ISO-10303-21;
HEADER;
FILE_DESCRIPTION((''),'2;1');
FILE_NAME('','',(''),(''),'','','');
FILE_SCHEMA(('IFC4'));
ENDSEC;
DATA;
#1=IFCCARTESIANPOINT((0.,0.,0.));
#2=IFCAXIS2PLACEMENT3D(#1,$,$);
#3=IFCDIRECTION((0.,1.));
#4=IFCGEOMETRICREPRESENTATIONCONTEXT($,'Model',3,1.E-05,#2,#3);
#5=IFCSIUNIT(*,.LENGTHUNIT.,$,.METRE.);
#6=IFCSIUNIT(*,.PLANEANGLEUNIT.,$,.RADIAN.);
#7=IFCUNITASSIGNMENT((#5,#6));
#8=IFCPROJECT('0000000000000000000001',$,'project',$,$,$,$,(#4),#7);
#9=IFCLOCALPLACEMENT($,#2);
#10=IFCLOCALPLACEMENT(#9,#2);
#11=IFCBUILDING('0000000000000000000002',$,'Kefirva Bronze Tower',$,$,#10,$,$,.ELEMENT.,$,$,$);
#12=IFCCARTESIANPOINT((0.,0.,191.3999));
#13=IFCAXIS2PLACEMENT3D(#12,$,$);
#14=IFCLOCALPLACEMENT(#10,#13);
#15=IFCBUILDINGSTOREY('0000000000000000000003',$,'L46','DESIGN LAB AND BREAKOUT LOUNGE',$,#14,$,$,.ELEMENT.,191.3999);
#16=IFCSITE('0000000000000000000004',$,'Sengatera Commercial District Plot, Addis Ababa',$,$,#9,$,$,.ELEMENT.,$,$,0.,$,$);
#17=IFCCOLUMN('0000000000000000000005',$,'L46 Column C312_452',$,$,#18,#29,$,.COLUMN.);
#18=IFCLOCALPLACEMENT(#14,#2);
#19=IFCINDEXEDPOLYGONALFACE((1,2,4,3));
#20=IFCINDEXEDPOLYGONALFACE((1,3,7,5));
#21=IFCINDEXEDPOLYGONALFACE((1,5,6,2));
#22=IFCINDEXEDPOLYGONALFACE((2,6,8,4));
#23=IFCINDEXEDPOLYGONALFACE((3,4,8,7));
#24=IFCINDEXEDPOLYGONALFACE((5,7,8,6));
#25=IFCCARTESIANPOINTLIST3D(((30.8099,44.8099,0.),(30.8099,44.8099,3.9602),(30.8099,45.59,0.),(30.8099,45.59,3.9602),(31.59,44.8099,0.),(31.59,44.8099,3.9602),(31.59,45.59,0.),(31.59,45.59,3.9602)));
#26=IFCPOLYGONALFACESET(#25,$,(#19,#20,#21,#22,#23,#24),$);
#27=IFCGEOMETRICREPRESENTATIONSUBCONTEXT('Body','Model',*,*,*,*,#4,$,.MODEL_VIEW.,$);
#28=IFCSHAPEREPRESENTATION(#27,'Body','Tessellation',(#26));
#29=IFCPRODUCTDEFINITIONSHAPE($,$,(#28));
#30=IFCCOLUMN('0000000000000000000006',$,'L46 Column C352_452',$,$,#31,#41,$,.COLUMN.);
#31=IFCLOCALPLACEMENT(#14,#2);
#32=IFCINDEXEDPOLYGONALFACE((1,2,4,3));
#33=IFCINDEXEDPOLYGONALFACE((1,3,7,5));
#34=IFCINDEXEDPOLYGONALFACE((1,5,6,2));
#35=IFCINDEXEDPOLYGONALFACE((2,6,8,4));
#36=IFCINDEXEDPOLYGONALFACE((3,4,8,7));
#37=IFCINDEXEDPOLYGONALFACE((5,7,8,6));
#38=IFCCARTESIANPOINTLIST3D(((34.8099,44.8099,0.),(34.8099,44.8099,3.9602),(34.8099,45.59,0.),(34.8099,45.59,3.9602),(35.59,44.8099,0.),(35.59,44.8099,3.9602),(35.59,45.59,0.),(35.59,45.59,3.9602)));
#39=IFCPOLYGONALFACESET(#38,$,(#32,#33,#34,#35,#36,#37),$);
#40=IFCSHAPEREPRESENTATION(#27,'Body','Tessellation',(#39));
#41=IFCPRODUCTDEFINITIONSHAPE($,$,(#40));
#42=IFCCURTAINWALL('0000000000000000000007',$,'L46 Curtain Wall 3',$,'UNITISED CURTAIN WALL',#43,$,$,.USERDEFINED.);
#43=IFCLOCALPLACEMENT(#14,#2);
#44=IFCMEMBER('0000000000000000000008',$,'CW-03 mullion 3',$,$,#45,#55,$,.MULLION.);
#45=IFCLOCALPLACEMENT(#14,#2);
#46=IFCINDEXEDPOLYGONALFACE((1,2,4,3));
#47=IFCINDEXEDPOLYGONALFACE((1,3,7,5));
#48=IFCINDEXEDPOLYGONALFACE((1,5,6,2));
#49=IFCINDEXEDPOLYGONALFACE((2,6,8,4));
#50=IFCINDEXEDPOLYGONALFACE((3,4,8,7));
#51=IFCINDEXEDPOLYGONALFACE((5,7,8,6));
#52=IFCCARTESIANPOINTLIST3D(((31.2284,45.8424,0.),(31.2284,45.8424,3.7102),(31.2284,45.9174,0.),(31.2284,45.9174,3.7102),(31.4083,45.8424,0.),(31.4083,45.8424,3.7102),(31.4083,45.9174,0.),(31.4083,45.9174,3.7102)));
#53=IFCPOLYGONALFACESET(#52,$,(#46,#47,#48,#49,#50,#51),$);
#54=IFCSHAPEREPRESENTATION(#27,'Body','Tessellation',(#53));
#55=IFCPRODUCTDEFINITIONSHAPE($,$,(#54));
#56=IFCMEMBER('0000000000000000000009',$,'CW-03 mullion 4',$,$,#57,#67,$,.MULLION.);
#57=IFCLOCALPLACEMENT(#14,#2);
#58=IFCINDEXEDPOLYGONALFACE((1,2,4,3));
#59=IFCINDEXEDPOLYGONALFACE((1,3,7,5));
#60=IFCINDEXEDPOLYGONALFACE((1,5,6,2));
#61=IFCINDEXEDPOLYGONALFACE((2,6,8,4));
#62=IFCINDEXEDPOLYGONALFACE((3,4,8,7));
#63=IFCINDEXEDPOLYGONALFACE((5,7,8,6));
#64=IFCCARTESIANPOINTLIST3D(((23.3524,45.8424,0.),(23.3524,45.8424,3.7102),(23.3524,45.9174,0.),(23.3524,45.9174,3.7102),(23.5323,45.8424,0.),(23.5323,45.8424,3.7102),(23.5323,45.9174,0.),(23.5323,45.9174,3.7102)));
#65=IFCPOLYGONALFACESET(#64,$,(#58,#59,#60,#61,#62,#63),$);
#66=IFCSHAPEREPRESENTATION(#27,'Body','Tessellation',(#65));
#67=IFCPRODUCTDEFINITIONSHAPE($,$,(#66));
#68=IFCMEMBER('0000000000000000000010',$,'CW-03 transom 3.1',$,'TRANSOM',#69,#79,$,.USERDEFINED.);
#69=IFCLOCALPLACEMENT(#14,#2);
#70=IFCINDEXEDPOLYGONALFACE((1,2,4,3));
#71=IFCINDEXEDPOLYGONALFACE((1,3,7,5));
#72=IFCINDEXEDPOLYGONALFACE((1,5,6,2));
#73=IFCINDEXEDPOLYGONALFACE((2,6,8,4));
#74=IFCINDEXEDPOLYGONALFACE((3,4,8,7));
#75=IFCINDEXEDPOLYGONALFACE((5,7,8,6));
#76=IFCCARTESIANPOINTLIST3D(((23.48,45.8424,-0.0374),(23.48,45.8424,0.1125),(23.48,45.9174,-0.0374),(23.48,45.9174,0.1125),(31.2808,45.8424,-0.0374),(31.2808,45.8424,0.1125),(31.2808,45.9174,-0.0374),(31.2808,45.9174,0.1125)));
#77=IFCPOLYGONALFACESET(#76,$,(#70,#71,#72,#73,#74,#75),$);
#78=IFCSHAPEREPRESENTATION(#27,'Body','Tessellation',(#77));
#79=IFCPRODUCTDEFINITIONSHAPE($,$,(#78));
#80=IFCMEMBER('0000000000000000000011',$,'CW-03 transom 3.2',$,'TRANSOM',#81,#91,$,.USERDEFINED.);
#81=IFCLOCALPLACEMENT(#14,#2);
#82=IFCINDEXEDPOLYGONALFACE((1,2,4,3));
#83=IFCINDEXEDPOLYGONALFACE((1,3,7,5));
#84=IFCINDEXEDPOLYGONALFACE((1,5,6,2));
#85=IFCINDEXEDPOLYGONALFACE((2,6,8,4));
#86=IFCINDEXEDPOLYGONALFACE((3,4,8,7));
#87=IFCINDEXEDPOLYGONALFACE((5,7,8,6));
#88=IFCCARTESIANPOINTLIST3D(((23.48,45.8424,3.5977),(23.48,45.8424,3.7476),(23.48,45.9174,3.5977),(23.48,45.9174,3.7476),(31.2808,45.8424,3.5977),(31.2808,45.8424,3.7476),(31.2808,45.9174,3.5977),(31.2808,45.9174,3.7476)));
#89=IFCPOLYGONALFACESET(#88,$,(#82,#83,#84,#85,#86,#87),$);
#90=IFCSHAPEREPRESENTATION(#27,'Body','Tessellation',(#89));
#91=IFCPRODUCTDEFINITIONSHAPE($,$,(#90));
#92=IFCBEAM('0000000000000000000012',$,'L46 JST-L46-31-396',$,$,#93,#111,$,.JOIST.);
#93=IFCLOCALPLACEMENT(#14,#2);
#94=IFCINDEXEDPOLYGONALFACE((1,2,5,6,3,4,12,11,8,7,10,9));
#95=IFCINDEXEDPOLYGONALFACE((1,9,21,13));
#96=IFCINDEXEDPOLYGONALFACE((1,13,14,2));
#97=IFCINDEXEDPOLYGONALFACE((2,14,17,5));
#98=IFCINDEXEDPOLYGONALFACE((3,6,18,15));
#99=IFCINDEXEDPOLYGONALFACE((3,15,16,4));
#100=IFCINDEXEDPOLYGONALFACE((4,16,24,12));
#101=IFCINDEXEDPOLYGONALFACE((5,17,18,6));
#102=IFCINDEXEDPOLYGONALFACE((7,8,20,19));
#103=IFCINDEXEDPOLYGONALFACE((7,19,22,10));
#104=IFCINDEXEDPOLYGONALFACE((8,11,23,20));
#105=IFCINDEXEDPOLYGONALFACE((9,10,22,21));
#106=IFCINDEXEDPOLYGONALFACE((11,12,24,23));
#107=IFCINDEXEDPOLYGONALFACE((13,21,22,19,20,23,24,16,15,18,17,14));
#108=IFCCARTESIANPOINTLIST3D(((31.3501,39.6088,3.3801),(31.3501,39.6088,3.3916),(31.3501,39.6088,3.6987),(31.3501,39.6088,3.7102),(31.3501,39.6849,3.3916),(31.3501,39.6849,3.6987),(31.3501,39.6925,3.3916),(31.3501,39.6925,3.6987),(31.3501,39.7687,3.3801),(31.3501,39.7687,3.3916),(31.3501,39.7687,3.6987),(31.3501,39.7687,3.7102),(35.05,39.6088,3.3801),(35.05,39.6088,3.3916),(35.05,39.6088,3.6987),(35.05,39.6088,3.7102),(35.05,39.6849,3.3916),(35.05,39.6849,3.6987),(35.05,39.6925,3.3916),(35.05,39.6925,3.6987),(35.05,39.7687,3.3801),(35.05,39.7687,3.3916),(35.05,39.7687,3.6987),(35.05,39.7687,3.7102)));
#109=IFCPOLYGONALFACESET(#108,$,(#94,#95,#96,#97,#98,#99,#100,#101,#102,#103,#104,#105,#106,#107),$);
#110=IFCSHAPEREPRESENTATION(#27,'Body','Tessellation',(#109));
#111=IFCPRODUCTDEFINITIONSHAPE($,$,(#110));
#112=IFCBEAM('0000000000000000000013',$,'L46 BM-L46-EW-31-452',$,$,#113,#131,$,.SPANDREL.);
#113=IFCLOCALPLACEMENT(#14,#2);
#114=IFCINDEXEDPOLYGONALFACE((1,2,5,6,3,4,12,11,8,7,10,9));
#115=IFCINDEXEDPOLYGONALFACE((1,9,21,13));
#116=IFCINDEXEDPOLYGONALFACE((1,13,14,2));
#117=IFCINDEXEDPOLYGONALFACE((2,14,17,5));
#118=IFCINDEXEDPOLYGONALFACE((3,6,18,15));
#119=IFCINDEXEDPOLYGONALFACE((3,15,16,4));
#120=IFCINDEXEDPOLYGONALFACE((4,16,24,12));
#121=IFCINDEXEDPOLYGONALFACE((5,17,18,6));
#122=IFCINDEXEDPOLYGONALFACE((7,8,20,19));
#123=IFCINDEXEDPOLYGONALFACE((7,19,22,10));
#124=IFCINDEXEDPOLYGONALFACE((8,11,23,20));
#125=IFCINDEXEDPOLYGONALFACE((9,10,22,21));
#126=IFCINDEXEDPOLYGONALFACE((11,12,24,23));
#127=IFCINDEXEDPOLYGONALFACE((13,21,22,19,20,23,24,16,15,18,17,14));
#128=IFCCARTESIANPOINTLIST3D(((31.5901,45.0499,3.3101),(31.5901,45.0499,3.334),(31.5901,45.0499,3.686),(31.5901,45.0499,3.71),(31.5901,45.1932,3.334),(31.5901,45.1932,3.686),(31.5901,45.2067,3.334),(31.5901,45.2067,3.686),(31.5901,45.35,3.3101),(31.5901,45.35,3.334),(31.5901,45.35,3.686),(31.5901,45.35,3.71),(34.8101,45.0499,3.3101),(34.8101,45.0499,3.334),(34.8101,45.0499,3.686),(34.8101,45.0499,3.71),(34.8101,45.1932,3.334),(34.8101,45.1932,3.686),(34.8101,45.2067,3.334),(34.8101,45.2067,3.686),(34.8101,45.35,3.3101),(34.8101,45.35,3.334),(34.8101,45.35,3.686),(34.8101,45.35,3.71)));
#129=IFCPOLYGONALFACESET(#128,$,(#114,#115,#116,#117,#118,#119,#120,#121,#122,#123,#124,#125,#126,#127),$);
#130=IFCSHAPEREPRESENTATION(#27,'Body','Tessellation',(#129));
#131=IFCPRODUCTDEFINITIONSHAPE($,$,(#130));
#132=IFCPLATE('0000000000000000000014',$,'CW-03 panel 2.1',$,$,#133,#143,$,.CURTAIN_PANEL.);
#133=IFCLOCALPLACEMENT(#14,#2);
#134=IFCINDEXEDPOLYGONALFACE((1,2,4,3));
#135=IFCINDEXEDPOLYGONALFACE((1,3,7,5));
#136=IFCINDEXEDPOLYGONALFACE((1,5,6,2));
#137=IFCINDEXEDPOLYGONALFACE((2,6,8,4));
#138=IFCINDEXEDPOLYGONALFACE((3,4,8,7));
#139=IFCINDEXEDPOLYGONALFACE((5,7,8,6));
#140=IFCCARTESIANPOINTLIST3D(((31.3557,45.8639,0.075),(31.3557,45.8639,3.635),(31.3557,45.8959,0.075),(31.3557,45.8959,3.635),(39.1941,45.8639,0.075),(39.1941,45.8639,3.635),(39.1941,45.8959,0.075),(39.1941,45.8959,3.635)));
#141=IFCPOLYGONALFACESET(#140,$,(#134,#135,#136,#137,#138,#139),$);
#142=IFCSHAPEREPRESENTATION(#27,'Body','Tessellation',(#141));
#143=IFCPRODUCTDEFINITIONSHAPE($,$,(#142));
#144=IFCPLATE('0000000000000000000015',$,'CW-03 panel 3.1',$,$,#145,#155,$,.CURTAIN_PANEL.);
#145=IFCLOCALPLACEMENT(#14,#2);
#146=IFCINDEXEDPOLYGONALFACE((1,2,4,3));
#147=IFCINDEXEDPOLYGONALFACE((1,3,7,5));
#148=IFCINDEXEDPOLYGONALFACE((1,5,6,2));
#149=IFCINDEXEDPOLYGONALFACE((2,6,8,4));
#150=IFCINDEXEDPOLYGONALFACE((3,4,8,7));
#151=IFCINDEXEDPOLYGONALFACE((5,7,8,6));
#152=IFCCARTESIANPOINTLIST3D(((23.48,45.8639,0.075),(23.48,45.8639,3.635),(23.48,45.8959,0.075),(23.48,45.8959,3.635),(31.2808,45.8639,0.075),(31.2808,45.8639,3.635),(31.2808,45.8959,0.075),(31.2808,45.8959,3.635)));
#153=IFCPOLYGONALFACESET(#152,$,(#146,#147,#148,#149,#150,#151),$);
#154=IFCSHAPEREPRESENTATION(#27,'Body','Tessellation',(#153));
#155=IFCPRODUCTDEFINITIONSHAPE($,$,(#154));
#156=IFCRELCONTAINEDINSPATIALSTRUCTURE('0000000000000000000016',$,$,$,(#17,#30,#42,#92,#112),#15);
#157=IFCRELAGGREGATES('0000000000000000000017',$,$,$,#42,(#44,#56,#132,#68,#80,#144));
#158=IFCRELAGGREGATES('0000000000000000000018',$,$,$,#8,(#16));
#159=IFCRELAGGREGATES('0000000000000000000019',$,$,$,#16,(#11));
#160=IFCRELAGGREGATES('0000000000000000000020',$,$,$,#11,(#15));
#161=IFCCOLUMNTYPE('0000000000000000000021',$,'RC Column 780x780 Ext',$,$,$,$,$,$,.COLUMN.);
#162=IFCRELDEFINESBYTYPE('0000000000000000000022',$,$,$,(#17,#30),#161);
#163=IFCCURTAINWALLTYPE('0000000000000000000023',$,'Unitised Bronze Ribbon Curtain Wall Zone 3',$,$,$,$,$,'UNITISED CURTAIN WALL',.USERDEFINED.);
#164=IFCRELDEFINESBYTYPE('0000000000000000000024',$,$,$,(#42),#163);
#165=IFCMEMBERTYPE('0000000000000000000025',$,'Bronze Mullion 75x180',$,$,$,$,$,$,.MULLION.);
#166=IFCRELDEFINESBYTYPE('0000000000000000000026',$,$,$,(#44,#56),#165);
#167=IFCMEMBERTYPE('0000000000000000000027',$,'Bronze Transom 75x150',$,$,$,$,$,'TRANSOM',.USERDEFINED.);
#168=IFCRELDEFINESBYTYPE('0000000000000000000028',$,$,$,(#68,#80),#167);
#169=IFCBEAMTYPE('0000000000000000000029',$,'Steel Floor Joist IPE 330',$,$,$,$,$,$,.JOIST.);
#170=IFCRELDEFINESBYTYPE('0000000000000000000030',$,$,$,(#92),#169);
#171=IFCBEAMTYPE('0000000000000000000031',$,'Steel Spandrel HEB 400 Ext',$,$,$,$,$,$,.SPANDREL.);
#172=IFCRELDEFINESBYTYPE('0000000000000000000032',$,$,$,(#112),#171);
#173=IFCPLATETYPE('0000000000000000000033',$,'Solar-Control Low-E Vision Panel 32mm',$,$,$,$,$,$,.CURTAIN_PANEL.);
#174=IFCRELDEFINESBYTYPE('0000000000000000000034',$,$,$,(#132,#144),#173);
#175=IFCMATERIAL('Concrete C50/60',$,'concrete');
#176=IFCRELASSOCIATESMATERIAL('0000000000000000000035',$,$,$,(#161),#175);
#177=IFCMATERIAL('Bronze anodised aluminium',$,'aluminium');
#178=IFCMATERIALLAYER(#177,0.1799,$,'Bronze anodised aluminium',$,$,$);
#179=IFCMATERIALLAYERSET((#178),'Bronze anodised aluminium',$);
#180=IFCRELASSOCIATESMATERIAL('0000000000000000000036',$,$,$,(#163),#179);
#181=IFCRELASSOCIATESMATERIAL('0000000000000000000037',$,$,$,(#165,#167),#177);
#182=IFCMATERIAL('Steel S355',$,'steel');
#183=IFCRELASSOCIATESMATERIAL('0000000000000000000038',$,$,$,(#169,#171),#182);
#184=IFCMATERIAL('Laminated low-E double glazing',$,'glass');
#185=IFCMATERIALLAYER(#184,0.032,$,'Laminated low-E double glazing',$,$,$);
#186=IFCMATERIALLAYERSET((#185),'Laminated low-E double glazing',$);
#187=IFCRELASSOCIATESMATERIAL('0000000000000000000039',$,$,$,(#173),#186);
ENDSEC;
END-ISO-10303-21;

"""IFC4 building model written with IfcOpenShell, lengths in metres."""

from ifc_helpers import new_model, si_unit, direction, frame, origin, origin_2d, place, context, subcontext, project, spatial, rectangle, i_section, extrude, material, layer, layer_set, material_profile, profile_set, type_object, element, aggregate, save


model = new_model("IFC4")

# Units and contexts
model_context = context("Model", 3, precision=1e-05, world=origin(), true_north=direction((0.0, 1.0)))
body_context = subcontext(model_context, "Body", "Model", "MODEL_VIEW")
ifc_project = project(units=[si_unit("LENGTHUNIT", "METRE"), si_unit("PLANEANGLEUNIT", "RADIAN")], contexts=[model_context])

# Site, building, storey
site_placement = place(None, origin())
site = spatial("IfcSite", under=ifc_project, at=site_placement, Name="Sengatera Commercial District Plot, Addis Ababa", CompositionType="ELEMENT", RefElevation=0.0)
building_placement = place(site_placement, origin())
building = spatial("IfcBuilding", under=site, at=building_placement, Name="Kefirva Bronze Tower", CompositionType="ELEMENT")
storey_placement = place(building_placement, frame((0.0, 0.0, 191.3999)))
storey = spatial("IfcBuildingStorey", under=building, at=storey_placement, Name="L46", Description="DESIGN LAB AND BREAKOUT LOUNGE", CompositionType="ELEMENT", Elevation=191.3999)

# Columns
ifc_material_1 = material(Name="Concrete C50/60", Category="concrete")
ifc_material_profile_1 = material_profile(ifc_material_1, rectangle(XDim=0.78, YDim=0.78, at=origin_2d()), Name="RC 780x780")
ifc_profile_set_1 = profile_set([ifc_material_profile_1], Name="Concrete C50/60")
column_type = type_object("IfcColumnType", Name="RC Column 780x780 Ext", PredefinedType="COLUMN", material=ifc_profile_set_1)
for number, where, z_axis, x_axis, name in (
    (1, (31.2, 45.2, 0.0), (0.0, 0.0, 1.0), (1.0, 0.0, 0.0), "L46 Column C312_452"),
    (2, (35.2, 45.2, 0.0), (0.0, 0.0, 1.0), (1.0, 0.0, 0.0), "L46 Column C352_452"),
):
    element("IfcColumn", number, at=place(storey_placement, frame(where, z_axis=z_axis, x_axis=x_axis)), inside=storey, type_object=column_type, Name=name, PredefinedType="COLUMN", context=body_context, shape_type="SweptSolid", body=[
        extrude(rectangle(XDim=0.78, YDim=0.78, at=origin_2d()), origin(), (0.0, 0.0, 1.0), 3.9602),
    ])

# Curtain wall, members
ifc_material_2 = material(Name="Bronze anodised aluminium", Category="aluminium")
ifc_layer_1 = layer(ifc_material_2, 0.1799, Name="Bronze anodised aluminium")
ifc_layer_set_1 = layer_set([ifc_layer_1], Name="Bronze anodised aluminium")
curtain_wall_type = type_object("IfcCurtainWallType", Name="Unitised Bronze Ribbon Curtain Wall Zone 3", ElementType="UNITISED CURTAIN WALL", PredefinedType="USERDEFINED", material=ifc_layer_set_1)
curtain_wall_placement = place(storey_placement, origin())
curtain_wall = element("IfcCurtainWall", 3, at=curtain_wall_placement, inside=storey, type_object=curtain_wall_type, Name="L46 Curtain Wall 3", ObjectType="UNITISED CURTAIN WALL", PredefinedType="USERDEFINED")
ifc_material_profile_2 = material_profile(ifc_material_2, rectangle(XDim=0.075, YDim=0.1799, at=origin_2d()), Name="ALU 75x180")
ifc_profile_set_2 = profile_set([ifc_material_profile_2], Name="Bronze anodised aluminium")
member_type_1 = type_object("IfcMemberType", Name="Bronze Mullion 75x180", PredefinedType="MULLION", material=ifc_profile_set_2)
member_1_placement = place(storey_placement, frame((31.3184, 45.8799, 0.0), z_axis=(0.0, 0.0, 1.0), x_axis=(0.0, -1.0, 0.0)))
member_1 = element("IfcMember", 4, at=member_1_placement, type_object=member_type_1, Name="CW-03 mullion 3", PredefinedType="MULLION", context=body_context, shape_type="SweptSolid", body=[
    extrude(rectangle(XDim=0.075, YDim=0.1799, at=origin_2d()), origin(), (0.0, 0.0, 1.0), 3.7102),
])
member_2_placement = place(storey_placement, frame((23.4424, 45.8799, 0.0), z_axis=(0.0, 0.0, 1.0), x_axis=(0.0, -1.0, 0.0)))
member_2 = element("IfcMember", 5, at=member_2_placement, type_object=member_type_1, Name="CW-03 mullion 4", PredefinedType="MULLION", context=body_context, shape_type="SweptSolid", body=[
    extrude(rectangle(XDim=0.075, YDim=0.1799, at=origin_2d()), origin(), (0.0, 0.0, 1.0), 3.7102),
])
ifc_material_profile_3 = material_profile(ifc_material_2, rectangle(XDim=0.075, YDim=0.1499, at=origin_2d()), Name="ALU 75x150")
ifc_profile_set_3 = profile_set([ifc_material_profile_3], Name="Bronze anodised aluminium")
member_type_2 = type_object("IfcMemberType", Name="Bronze Transom 75x150", ElementType="TRANSOM", PredefinedType="USERDEFINED", material=ifc_profile_set_3)
member_3_placement = place(storey_placement, frame((31.2808, 45.8799, 0.0376), z_axis=(-1.0, 0.0, 0.0), x_axis=(0.0, -1.0, 0.0)))
member_3 = element("IfcMember", 6, at=member_3_placement, type_object=member_type_2, Name="CW-03 transom 3.1", ObjectType="TRANSOM", PredefinedType="USERDEFINED", context=body_context, shape_type="SweptSolid", body=[
    extrude(rectangle(XDim=0.075, YDim=0.1499, at=origin_2d()), origin(), (0.0, 0.0, 1.0), 7.8008),
])
member_4_placement = place(storey_placement, frame((31.2808, 45.8799, 3.6726), z_axis=(-1.0, 0.0, 0.0), x_axis=(0.0, -1.0, 0.0)))
member_4 = element("IfcMember", 7, at=member_4_placement, type_object=member_type_2, Name="CW-03 transom 3.2", ObjectType="TRANSOM", PredefinedType="USERDEFINED", context=body_context, shape_type="SweptSolid", body=[
    extrude(rectangle(XDim=0.075, YDim=0.1499, at=origin_2d()), origin(), (0.0, 0.0, 1.0), 7.8008),
])

# Beams
ifc_material_3 = material(Name="Steel S355", Category="steel")
ifc_material_profile_4 = material_profile(ifc_material_3, i_section(OverallWidth=0.1599, OverallDepth=0.3301, WebThickness=0.0076, FlangeThickness=0.0115, at=origin_2d()), Name="IPE 330")
ifc_profile_set_4 = profile_set([ifc_material_profile_4], Name="Steel S355")
beam_type_1 = type_object("IfcBeamType", Name="Steel Floor Joist IPE 330", PredefinedType="JOIST", material=ifc_profile_set_4)
beam_1_placement = place(storey_placement, frame((31.3501, 39.6887, 3.5452), z_axis=(1.0, 0.0, 0.0), x_axis=(0.0, 1.0, 0.0)))
element("IfcBeam", 8, at=beam_1_placement, inside=storey, type_object=beam_type_1, Name="L46 JST-L46-31-396", PredefinedType="JOIST", context=body_context, shape_type="SweptSolid", body=[
    extrude(i_section(OverallWidth=0.1599, OverallDepth=0.3301, WebThickness=0.0076, FlangeThickness=0.0115, at=origin_2d()), origin(), (0.0, 0.0, 1.0), 3.7),
])
ifc_material_profile_5 = material_profile(ifc_material_3, i_section(OverallWidth=0.3, OverallDepth=0.3999, WebThickness=0.0134, FlangeThickness=0.0239, at=origin_2d()), Name="HEB 400")
ifc_profile_set_5 = profile_set([ifc_material_profile_5], Name="Steel S355")
beam_type_2 = type_object("IfcBeamType", Name="Steel Spandrel HEB 400 Ext", PredefinedType="SPANDREL", material=ifc_profile_set_5)
beam_2_placement = place(storey_placement, frame((31.5901, 45.2, 3.51), z_axis=(1.0, 0.0, 0.0), x_axis=(0.0, 1.0, 0.0)))
element("IfcBeam", 9, at=beam_2_placement, inside=storey, type_object=beam_type_2, Name="L46 BM-L46-EW-31-452", PredefinedType="SPANDREL", context=body_context, shape_type="SweptSolid", body=[
    extrude(i_section(OverallWidth=0.3, OverallDepth=0.3999, WebThickness=0.0134, FlangeThickness=0.0239, at=origin_2d()), origin(), (0.0, 0.0, 1.0), 3.22),
])

# Plates
ifc_material_4 = material(Name="Laminated low-E double glazing", Category="glass")
ifc_layer_2 = layer(ifc_material_4, 0.032, Name="Laminated low-E double glazing")
ifc_layer_set_2 = layer_set([ifc_layer_2], Name="Laminated low-E double glazing")
plate_type = type_object("IfcPlateType", Name="Solar-Control Low-E Vision Panel 32mm", PredefinedType="CURTAIN_PANEL", material=ifc_layer_set_2)
plate_1_placement = place(storey_placement, frame((35.2749, 45.8799, 0.075), z_axis=(0.0, 0.0, 1.0), x_axis=(-1.0, 0.0, 0.0)))
plate_1 = element("IfcPlate", 10, at=plate_1_placement, type_object=plate_type, Name="CW-03 panel 2.1", PredefinedType="CURTAIN_PANEL", context=body_context, shape_type="SweptSolid", body=[
    extrude(rectangle(XDim=7.8384, YDim=0.032, at=origin_2d()), origin(), (0.0, 0.0, 1.0), 3.5601),
])
plate_2_placement = place(storey_placement, frame((27.3804, 45.8799, 0.075), z_axis=(0.0, 0.0, 1.0), x_axis=(-1.0, 0.0, 0.0)))
plate_2 = element("IfcPlate", 11, at=plate_2_placement, type_object=plate_type, Name="CW-03 panel 3.1", PredefinedType="CURTAIN_PANEL", context=body_context, shape_type="SweptSolid", body=[
    extrude(rectangle(XDim=7.8008, YDim=0.032, at=origin_2d()), origin(), (0.0, 0.0, 1.0), 3.5601),
])
aggregate(curtain_wall, [member_1, member_2, plate_1, member_3, member_4, plate_2])

save(model, "model.ifc")
